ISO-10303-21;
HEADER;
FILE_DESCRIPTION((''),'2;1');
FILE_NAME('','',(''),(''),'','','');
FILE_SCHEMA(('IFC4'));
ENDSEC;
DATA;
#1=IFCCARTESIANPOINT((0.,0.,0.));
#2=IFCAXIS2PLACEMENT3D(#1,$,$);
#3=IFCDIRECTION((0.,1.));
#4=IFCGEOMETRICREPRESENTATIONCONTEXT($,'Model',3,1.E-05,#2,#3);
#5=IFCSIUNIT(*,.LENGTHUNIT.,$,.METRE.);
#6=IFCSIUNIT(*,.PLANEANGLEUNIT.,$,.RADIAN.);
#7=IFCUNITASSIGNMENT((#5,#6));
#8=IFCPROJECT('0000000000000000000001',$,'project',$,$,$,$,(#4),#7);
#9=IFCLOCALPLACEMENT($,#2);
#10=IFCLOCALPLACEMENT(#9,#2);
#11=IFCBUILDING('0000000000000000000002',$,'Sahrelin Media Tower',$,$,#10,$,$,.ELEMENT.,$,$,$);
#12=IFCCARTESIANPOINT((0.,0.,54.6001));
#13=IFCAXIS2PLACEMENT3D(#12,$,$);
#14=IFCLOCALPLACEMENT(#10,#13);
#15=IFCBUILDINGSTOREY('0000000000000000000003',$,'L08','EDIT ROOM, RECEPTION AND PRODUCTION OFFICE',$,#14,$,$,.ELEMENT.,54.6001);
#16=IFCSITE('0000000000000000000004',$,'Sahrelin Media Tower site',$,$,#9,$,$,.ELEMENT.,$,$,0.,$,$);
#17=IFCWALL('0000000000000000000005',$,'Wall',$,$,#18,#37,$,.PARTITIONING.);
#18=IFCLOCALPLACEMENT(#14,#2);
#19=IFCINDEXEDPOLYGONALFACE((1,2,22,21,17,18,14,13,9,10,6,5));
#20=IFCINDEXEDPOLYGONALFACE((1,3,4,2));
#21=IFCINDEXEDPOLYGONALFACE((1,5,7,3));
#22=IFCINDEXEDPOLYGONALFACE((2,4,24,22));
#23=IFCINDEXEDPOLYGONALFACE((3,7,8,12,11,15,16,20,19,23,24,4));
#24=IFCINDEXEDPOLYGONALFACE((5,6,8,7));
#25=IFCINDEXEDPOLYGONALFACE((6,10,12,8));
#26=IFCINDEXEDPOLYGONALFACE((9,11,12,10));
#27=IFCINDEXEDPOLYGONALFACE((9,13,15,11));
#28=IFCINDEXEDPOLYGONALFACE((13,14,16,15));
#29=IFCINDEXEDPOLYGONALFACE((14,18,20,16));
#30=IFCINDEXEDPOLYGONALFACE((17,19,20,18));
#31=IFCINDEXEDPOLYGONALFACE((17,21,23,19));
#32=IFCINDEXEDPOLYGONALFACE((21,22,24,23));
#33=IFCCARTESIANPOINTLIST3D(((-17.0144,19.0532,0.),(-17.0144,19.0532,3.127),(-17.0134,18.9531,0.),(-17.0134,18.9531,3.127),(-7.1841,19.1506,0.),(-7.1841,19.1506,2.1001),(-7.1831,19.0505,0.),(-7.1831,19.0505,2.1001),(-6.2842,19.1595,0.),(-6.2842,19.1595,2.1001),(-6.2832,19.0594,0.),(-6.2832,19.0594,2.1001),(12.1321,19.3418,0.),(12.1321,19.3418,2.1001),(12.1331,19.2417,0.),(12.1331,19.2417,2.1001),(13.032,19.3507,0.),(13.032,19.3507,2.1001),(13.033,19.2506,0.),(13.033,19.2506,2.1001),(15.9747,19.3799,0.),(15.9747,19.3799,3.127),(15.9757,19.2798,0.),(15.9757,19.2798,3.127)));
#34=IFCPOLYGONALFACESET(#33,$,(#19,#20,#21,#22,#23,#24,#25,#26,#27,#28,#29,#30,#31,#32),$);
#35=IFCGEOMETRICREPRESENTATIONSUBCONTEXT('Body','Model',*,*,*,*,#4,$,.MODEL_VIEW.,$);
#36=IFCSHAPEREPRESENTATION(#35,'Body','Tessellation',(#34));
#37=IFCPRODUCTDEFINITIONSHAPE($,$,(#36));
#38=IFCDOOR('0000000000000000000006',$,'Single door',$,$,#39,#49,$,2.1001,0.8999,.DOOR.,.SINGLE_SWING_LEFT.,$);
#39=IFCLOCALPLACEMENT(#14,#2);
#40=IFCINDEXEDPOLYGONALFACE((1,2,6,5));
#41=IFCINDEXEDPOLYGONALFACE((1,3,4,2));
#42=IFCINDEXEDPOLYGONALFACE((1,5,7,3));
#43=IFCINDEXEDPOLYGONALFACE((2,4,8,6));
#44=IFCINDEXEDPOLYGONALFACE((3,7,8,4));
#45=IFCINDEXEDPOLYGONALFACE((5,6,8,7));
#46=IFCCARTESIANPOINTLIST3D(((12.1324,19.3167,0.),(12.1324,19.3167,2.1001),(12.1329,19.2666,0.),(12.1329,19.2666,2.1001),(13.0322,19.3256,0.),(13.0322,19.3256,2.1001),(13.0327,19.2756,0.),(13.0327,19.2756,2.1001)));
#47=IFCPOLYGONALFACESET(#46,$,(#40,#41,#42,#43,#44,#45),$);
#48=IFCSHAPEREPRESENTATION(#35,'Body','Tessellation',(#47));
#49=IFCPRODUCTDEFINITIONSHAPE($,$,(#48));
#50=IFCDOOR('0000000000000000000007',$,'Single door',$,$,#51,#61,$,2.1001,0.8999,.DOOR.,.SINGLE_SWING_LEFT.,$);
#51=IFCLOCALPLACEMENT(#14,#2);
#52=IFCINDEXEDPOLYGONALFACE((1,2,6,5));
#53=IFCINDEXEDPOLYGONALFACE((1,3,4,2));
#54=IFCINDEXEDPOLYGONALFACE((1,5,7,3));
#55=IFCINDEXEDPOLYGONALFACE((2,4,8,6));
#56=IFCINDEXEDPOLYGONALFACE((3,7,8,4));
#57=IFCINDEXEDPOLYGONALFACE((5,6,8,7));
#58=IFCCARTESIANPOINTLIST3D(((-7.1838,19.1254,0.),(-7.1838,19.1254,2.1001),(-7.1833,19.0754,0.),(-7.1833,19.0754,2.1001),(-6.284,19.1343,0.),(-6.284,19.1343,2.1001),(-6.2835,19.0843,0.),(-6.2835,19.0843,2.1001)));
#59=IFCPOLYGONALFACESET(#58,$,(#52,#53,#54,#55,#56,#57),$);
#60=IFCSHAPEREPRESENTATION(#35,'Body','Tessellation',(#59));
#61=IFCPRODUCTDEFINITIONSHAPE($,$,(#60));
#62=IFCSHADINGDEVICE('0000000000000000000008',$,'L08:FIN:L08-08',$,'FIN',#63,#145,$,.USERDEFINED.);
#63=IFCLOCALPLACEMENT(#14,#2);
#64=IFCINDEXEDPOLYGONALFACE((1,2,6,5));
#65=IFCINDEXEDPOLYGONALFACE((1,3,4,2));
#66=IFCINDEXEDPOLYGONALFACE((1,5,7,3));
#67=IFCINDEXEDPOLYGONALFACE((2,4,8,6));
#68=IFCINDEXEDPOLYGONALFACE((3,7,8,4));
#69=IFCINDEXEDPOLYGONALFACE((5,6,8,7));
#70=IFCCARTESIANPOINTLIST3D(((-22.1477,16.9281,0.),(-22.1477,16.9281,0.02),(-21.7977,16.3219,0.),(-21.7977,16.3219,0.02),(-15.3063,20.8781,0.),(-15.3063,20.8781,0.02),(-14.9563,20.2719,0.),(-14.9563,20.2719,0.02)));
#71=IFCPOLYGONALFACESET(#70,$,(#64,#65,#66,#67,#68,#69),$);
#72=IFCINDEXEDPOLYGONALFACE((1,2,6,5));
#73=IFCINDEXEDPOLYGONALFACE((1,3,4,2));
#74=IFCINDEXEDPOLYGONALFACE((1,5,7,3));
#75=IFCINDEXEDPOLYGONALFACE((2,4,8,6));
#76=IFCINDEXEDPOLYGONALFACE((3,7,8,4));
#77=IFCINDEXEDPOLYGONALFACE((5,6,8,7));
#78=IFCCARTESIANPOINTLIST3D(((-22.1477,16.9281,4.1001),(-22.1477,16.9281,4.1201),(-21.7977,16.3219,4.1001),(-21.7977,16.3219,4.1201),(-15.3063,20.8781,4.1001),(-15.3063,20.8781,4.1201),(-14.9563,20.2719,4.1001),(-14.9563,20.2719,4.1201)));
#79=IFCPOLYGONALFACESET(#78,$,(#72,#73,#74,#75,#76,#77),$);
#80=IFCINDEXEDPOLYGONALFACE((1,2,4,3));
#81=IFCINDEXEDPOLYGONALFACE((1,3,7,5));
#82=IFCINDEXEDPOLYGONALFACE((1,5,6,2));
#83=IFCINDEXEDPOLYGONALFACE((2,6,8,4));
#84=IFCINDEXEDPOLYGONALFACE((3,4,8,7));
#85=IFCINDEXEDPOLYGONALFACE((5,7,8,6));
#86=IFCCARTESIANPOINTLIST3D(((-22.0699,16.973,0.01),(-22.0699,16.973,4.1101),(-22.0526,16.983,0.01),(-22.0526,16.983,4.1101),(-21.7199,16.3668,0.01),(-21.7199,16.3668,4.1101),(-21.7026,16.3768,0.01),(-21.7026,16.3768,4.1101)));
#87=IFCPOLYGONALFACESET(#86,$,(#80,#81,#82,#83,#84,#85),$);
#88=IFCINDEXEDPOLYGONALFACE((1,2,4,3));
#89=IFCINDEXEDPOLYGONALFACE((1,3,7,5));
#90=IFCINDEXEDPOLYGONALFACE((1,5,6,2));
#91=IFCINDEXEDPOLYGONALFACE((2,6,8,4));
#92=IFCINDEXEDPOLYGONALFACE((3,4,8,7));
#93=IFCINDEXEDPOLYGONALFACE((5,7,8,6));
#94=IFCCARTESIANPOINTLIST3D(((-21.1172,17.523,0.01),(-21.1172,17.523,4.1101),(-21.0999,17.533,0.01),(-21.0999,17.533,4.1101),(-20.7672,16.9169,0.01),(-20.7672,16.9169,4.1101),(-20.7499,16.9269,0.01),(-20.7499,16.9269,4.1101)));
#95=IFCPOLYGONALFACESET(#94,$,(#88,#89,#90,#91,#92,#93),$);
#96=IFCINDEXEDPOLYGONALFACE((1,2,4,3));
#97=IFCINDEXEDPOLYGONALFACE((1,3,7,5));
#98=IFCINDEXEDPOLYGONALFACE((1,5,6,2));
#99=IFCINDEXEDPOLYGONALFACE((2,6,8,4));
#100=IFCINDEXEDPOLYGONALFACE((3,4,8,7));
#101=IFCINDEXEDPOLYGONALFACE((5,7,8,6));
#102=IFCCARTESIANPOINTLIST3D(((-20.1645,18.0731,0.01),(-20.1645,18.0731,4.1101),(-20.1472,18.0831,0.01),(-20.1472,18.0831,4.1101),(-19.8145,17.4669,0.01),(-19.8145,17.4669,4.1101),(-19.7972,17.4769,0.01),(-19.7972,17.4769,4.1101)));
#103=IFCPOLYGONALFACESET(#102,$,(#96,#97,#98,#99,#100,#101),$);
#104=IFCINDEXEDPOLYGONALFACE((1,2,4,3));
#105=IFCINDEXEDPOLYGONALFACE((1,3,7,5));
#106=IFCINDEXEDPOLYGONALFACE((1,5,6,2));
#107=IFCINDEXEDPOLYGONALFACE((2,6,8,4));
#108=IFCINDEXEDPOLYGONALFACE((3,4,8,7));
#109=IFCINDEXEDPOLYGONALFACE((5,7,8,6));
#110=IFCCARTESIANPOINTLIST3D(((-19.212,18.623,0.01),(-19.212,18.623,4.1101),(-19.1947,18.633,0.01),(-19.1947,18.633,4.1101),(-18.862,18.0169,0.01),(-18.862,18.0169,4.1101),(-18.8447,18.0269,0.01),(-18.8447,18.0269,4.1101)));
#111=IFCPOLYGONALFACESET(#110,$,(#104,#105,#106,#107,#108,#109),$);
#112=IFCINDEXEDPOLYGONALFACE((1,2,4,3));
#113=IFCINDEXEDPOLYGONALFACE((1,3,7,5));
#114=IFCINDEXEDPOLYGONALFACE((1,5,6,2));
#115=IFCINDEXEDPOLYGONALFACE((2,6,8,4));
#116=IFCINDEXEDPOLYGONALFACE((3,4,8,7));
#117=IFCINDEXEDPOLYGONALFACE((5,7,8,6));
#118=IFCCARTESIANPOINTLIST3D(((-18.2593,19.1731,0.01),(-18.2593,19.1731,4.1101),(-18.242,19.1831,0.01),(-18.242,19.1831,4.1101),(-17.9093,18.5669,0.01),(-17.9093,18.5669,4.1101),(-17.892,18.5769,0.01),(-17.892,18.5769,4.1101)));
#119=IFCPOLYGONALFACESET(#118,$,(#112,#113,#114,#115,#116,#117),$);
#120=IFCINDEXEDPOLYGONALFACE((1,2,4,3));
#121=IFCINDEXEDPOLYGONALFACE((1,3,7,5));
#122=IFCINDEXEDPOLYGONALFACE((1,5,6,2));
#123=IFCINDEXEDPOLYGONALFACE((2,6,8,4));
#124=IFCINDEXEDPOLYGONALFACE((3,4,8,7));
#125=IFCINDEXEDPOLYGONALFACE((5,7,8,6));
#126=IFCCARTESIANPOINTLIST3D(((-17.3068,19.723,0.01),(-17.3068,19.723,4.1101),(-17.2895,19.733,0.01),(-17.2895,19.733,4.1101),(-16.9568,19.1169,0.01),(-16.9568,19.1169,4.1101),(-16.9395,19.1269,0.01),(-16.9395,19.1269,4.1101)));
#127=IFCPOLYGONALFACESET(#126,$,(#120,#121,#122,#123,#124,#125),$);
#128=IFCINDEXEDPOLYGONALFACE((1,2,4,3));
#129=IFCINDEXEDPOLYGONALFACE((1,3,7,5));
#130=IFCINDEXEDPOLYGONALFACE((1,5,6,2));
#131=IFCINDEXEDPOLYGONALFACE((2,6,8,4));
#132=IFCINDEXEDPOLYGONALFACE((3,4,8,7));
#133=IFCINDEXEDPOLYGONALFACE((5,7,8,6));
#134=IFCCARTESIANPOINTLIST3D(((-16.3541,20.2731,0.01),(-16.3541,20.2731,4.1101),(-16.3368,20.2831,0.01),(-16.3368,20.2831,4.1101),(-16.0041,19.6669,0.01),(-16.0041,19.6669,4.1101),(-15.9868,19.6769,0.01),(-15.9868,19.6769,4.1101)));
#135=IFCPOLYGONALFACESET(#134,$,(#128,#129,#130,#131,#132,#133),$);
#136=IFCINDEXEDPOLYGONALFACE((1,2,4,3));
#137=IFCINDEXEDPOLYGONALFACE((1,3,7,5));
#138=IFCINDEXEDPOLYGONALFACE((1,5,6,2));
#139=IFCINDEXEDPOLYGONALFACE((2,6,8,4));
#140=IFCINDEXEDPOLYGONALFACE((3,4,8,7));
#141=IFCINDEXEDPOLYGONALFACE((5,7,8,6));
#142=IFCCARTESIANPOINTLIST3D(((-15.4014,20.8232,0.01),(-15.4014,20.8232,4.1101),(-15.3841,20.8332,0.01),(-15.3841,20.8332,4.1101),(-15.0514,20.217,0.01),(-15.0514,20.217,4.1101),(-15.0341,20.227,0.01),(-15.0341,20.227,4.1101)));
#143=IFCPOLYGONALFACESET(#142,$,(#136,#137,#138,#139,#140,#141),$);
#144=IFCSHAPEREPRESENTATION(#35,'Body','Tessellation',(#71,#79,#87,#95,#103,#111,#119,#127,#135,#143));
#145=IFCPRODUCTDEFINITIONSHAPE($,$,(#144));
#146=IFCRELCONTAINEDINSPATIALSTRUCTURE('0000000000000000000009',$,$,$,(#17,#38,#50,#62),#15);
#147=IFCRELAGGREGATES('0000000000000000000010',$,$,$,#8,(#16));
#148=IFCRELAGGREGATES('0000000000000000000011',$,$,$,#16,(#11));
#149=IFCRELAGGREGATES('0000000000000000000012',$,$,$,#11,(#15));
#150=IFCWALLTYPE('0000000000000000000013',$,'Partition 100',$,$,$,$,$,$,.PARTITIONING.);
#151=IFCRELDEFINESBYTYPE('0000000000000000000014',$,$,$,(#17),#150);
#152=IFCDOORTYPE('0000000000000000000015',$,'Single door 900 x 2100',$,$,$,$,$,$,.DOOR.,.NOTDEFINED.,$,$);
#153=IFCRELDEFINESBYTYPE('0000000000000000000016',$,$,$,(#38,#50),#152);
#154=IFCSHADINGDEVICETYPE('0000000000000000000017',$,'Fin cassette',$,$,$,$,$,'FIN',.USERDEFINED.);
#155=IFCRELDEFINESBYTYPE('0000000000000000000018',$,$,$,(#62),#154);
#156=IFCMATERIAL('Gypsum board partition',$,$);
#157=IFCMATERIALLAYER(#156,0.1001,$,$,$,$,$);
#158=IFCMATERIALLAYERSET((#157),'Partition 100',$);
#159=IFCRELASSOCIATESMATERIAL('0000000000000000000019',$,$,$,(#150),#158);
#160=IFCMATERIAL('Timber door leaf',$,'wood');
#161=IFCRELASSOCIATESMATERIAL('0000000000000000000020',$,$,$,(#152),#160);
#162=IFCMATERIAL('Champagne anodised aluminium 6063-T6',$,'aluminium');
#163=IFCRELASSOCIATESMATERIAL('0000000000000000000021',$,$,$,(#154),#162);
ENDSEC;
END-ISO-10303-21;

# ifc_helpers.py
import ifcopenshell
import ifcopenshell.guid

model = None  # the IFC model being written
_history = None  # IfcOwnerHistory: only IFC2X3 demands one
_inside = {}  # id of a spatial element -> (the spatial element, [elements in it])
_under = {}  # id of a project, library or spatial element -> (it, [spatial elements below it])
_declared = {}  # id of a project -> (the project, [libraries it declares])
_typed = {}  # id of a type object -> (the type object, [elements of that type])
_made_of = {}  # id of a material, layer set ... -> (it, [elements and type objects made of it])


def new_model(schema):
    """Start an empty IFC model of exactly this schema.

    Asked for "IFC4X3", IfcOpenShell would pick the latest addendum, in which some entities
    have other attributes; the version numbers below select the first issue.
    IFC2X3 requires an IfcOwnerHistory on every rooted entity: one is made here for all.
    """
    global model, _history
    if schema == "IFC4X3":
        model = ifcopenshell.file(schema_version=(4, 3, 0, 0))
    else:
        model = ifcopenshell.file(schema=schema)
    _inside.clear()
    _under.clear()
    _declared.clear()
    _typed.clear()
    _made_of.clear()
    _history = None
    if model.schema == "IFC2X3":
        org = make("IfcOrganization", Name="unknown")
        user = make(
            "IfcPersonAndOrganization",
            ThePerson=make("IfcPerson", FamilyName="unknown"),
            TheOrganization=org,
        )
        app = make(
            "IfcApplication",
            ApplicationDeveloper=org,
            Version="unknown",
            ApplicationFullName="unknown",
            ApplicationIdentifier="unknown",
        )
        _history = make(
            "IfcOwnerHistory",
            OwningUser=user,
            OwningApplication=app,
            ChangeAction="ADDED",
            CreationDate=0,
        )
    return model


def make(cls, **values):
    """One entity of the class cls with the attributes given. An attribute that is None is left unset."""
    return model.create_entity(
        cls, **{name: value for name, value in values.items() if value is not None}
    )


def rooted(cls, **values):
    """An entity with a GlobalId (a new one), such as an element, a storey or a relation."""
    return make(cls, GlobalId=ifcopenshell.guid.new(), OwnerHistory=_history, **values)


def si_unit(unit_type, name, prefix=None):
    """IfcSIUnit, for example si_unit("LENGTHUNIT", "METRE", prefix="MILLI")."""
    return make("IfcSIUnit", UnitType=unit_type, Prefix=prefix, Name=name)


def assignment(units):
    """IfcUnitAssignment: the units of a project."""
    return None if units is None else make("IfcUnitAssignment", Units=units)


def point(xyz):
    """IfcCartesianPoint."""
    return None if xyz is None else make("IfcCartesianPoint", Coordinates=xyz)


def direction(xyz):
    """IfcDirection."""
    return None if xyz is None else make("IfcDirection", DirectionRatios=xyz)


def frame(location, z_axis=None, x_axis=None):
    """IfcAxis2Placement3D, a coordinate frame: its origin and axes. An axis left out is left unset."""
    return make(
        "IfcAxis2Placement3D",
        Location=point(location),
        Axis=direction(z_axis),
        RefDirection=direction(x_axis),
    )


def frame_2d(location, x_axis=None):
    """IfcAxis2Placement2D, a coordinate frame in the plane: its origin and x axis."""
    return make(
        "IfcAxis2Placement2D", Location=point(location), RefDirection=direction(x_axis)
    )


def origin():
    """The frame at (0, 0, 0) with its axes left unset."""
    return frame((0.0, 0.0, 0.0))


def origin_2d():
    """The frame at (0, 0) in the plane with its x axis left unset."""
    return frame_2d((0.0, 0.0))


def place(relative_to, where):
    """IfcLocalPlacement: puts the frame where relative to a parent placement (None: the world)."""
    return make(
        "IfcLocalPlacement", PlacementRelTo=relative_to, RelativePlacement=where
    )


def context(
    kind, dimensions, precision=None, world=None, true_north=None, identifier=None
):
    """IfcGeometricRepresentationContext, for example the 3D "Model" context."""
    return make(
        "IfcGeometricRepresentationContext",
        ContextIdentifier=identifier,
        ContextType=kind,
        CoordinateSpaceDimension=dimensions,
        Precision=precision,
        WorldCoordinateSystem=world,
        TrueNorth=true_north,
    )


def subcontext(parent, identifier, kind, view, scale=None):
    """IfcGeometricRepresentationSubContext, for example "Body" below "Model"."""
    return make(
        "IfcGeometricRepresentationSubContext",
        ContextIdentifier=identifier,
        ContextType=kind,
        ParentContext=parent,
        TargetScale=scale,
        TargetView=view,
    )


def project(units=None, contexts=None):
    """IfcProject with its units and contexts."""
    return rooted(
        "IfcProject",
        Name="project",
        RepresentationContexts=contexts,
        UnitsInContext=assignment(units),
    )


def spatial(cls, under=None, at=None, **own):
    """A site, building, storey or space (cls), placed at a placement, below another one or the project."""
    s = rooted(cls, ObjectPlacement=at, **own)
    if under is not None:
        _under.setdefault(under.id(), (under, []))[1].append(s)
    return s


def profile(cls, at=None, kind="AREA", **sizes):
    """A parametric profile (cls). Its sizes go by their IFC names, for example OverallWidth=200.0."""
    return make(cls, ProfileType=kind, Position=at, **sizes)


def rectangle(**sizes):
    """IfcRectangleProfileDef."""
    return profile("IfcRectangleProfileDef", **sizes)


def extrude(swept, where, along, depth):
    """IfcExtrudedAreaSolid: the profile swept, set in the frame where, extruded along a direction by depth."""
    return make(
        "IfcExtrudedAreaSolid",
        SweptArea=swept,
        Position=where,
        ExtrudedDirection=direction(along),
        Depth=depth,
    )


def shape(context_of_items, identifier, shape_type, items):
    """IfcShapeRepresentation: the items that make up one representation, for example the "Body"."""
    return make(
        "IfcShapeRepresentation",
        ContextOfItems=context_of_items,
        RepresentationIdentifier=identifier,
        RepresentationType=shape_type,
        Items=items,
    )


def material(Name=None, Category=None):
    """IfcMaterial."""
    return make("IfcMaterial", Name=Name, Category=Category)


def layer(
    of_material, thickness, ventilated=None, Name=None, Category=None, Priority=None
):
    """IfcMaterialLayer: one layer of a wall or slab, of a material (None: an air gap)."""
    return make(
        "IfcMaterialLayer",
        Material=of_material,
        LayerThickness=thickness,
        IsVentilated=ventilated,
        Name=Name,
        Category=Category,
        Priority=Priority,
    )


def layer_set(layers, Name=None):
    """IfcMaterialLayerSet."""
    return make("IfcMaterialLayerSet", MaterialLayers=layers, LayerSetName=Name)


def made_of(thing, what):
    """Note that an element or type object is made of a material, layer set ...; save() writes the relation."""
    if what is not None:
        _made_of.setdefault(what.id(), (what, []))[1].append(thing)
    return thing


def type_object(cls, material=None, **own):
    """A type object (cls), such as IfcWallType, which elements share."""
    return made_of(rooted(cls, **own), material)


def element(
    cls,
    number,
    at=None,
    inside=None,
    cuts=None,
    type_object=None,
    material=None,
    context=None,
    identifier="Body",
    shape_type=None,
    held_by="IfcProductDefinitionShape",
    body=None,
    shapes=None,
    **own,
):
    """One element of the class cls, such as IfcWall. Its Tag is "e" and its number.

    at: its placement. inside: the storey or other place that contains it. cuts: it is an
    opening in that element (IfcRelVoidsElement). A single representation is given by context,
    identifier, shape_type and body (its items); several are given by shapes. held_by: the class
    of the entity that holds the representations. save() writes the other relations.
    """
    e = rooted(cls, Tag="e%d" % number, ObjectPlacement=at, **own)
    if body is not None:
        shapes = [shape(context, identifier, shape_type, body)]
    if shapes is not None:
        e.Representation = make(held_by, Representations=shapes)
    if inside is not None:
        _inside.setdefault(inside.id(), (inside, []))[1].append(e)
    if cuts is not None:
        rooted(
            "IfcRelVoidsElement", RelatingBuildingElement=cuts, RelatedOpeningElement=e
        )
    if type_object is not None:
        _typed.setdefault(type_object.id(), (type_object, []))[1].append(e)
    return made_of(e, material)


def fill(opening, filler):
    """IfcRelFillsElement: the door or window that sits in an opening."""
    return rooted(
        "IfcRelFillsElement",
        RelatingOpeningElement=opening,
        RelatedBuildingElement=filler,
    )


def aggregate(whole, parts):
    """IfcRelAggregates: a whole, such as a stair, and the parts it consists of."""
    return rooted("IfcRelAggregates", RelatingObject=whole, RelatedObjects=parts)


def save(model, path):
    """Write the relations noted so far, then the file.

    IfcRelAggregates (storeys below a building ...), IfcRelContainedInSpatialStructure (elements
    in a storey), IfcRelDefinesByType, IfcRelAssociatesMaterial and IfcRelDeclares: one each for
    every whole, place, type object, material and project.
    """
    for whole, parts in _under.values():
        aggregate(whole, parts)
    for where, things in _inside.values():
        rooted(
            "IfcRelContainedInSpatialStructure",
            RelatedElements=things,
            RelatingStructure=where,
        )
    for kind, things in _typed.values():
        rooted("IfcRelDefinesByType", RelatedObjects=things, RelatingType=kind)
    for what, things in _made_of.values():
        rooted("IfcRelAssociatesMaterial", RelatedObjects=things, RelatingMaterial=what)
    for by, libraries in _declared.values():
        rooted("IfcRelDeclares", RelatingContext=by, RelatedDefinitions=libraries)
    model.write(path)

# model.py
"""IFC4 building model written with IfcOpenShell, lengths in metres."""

from ifc_helpers import new_model, si_unit, direction, frame, frame_2d, origin, origin_2d, place, context, subcontext, project, spatial, rectangle, extrude, material, layer, layer_set, type_object, element, fill, save


model = new_model("IFC4")

# Units and contexts
model_context = context("Model", 3, precision=1e-05, world=origin(), true_north=direction((0.0, 1.0)))
body_context = subcontext(model_context, "Body", "Model", "MODEL_VIEW")
ifc_project = project(units=[si_unit("LENGTHUNIT", "METRE"), si_unit("PLANEANGLEUNIT", "RADIAN")], contexts=[model_context])

# Site, building, storey
site_placement = place(None, origin())
site = spatial("IfcSite", under=ifc_project, at=site_placement, Name="Sahrelin Media Tower site", CompositionType="ELEMENT", RefElevation=0.0)
building_placement = place(site_placement, origin())
building = spatial("IfcBuilding", under=site, at=building_placement, Name="Sahrelin Media Tower", CompositionType="ELEMENT")
storey_placement = place(building_placement, frame((0.0, 0.0, 54.6001)))
storey = spatial("IfcBuildingStorey", under=building, at=storey_placement, Name="L08", Description="EDIT ROOM, RECEPTION AND PRODUCTION OFFICE", CompositionType="ELEMENT", Elevation=54.6001)

# Shared definitions
ifc_material_1 = material(Name="Champagne anodised aluminium 6063-T6", Category="aluminium")

# Shared definitions
ifc_material_2 = material(Name="Gypsum board partition")
ifc_layer_1 = layer(ifc_material_2, 0.1001)
ifc_layer_set_1 = layer_set([ifc_layer_1], Name="Partition 100")
wall_type_1 = type_object("IfcWallType", Name="Partition 100", PredefinedType="PARTITIONING", material=ifc_layer_set_1)

# Wall, openings, doors
wall_1_placement = place(storey_placement, frame((-17.0139, 19.0032, 0.0), z_axis=(0.0, 0.0, 1.0), x_axis=(0.999951, 0.009902, 0.0)))
wall_1 = element("IfcWall", 1, at=wall_1_placement, inside=storey, type_object=wall_type_1, Name="Wall", PredefinedType="PARTITIONING", context=body_context, shape_type="SweptSolid", body=[
    extrude(rectangle(XDim=32.9907, YDim=0.1001, at=frame_2d((16.4954, 0.0))), origin(), (0.0, 0.0, 1.0), 3.127),
])
opening_1_placement = place(wall_1_placement, frame((29.1479, 0.0, 0.0)))
opening_1 = element("IfcOpeningElement", 2, at=opening_1_placement, cuts=wall_1, PredefinedType="OPENING", context=body_context, shape_type="SweptSolid", body=[
    extrude(rectangle(XDim=0.8999, YDim=2.1001, at=frame_2d((0.45, 1.05))), frame((0.0, 0.05, 0.0), z_axis=(0.0, -1.0, 0.0), x_axis=(1.0, 0.0, 0.0)), (0.0, 0.0, 1.0), 0.1001),
])
opening_2_placement = place(wall_1_placement, frame((9.8308, 0.0, 0.0)))
opening_2 = element("IfcOpeningElement", 3, at=opening_2_placement, cuts=wall_1, PredefinedType="OPENING", context=body_context, shape_type="SweptSolid", body=[
    extrude(rectangle(XDim=0.8999, YDim=2.1001, at=frame_2d((0.45, 1.05))), frame((0.0, 0.05, 0.0), z_axis=(0.0, -1.0, 0.0), x_axis=(1.0, 0.0, 0.0)), (0.0, 0.0, 1.0), 0.1001),
])
ifc_material_3 = material(Name="Timber door leaf", Category="wood")
door_type_1 = type_object("IfcDoorType", Name="Single door 900 x 2100", OperationType="NOTDEFINED", PredefinedType="DOOR", material=ifc_material_3)
door_1_placement = place(opening_1_placement, origin())
door_1 = element("IfcDoor", 4, at=door_1_placement, inside=storey, type_object=door_type_1, Name="Single door", OperationType="SINGLE_SWING_LEFT", OverallHeight=2.1001, OverallWidth=0.8999, PredefinedType="DOOR", context=body_context, shape_type="SweptSolid", body=[
    extrude(rectangle(XDim=0.8999, YDim=2.1001, at=frame_2d((0.45, 1.05))), frame((0.0, 0.0249, 0.0), z_axis=(0.0, -1.0, 0.0), x_axis=(1.0, 0.0, 0.0)), (0.0, 0.0, 1.0), 0.05),
])
fill(opening_1, door_1)
door_2_placement = place(opening_2_placement, origin())
door_2 = element("IfcDoor", 5, at=door_2_placement, inside=storey, type_object=door_type_1, Name="Single door", OperationType="SINGLE_SWING_LEFT", OverallHeight=2.1001, OverallWidth=0.8999, PredefinedType="DOOR", context=body_context, shape_type="SweptSolid", body=[
    extrude(rectangle(XDim=0.8999, YDim=2.1001, at=frame_2d((0.45, 1.05))), frame((0.0, 0.0249, 0.0), z_axis=(0.0, -1.0, 0.0), x_axis=(1.0, 0.0, 0.0)), (0.0, 0.0, 1.0), 0.05),
])
fill(opening_2, door_2)

# Shading device
shading_device_type_1 = type_object("IfcShadingDeviceType", Name="Fin cassette", ElementType="FIN", PredefinedType="USERDEFINED", material=ifc_material_1)
placement_1 = place(storey_placement, frame((-18.342, 18.2363, 0.0), z_axis=(0.0, 0.0, 1.0), x_axis=(0.866019, 0.500011, 0.0)))
element("IfcShadingDevice", 6, at=placement_1, inside=storey, type_object=shading_device_type_1, Name="L08:FIN:L08-08", ObjectType="FIN", PredefinedType="USERDEFINED", context=body_context, shape_type="SweptSolid", body=[
    extrude(rectangle(XDim=7.8999, YDim=0.7, at=origin_2d()), frame((0.0, 0.4199, 0.0)), (0.0, 0.0, 1.0), 0.02),
    extrude(rectangle(XDim=7.8999, YDim=0.7, at=origin_2d()), frame((0.0, 0.4199, 4.1001)), (0.0, 0.0, 1.0), 0.02),
    extrude(rectangle(XDim=0.02, YDim=0.7, at=origin_2d()), frame((-3.8501, 0.4199, 0.01), z_axis=(0.0, 0.0, 1.0), x_axis=(1.0, 0.0, 0.0)), (0.0, 0.0, 1.0), 4.1001),
    extrude(rectangle(XDim=0.02, YDim=0.7, at=origin_2d()), frame((-2.75, 0.4199, 0.01), z_axis=(0.0, 0.0, 1.0), x_axis=(1.0, 0.0, 0.0)), (0.0, 0.0, 1.0), 4.1001),
    extrude(rectangle(XDim=0.02, YDim=0.7, at=origin_2d()), frame((-1.6499, 0.4199, 0.01), z_axis=(0.0, 0.0, 1.0), x_axis=(1.0, 0.0, 0.0)), (0.0, 0.0, 1.0), 4.1001),
    extrude(rectangle(XDim=0.02, YDim=0.7, at=origin_2d()), frame((-0.55, 0.4199, 0.01), z_axis=(0.0, 0.0, 1.0), x_axis=(1.0, 0.0, 0.0)), (0.0, 0.0, 1.0), 4.1001),
    extrude(rectangle(XDim=0.02, YDim=0.7, at=origin_2d()), frame((0.55, 0.4199, 0.01), z_axis=(0.0, 0.0, 1.0), x_axis=(1.0, 0.0, 0.0)), (0.0, 0.0, 1.0), 4.1001),
    extrude(rectangle(XDim=0.02, YDim=0.7, at=origin_2d()), frame((1.6499, 0.4199, 0.01), z_axis=(0.0, 0.0, 1.0), x_axis=(1.0, 0.0, 0.0)), (0.0, 0.0, 1.0), 4.1001),
    extrude(rectangle(XDim=0.02, YDim=0.7, at=origin_2d()), frame((2.75, 0.4199, 0.01), z_axis=(0.0, 0.0, 1.0), x_axis=(1.0, 0.0, 0.0)), (0.0, 0.0, 1.0), 4.1001),
    extrude(rectangle(XDim=0.02, YDim=0.7, at=origin_2d()), frame((3.8501, 0.4199, 0.01), z_axis=(0.0, 0.0, 1.0), x_axis=(1.0, 0.0, 0.0)), (0.0, 0.0, 1.0), 4.1001),
])

save(model, "model.ifc")
